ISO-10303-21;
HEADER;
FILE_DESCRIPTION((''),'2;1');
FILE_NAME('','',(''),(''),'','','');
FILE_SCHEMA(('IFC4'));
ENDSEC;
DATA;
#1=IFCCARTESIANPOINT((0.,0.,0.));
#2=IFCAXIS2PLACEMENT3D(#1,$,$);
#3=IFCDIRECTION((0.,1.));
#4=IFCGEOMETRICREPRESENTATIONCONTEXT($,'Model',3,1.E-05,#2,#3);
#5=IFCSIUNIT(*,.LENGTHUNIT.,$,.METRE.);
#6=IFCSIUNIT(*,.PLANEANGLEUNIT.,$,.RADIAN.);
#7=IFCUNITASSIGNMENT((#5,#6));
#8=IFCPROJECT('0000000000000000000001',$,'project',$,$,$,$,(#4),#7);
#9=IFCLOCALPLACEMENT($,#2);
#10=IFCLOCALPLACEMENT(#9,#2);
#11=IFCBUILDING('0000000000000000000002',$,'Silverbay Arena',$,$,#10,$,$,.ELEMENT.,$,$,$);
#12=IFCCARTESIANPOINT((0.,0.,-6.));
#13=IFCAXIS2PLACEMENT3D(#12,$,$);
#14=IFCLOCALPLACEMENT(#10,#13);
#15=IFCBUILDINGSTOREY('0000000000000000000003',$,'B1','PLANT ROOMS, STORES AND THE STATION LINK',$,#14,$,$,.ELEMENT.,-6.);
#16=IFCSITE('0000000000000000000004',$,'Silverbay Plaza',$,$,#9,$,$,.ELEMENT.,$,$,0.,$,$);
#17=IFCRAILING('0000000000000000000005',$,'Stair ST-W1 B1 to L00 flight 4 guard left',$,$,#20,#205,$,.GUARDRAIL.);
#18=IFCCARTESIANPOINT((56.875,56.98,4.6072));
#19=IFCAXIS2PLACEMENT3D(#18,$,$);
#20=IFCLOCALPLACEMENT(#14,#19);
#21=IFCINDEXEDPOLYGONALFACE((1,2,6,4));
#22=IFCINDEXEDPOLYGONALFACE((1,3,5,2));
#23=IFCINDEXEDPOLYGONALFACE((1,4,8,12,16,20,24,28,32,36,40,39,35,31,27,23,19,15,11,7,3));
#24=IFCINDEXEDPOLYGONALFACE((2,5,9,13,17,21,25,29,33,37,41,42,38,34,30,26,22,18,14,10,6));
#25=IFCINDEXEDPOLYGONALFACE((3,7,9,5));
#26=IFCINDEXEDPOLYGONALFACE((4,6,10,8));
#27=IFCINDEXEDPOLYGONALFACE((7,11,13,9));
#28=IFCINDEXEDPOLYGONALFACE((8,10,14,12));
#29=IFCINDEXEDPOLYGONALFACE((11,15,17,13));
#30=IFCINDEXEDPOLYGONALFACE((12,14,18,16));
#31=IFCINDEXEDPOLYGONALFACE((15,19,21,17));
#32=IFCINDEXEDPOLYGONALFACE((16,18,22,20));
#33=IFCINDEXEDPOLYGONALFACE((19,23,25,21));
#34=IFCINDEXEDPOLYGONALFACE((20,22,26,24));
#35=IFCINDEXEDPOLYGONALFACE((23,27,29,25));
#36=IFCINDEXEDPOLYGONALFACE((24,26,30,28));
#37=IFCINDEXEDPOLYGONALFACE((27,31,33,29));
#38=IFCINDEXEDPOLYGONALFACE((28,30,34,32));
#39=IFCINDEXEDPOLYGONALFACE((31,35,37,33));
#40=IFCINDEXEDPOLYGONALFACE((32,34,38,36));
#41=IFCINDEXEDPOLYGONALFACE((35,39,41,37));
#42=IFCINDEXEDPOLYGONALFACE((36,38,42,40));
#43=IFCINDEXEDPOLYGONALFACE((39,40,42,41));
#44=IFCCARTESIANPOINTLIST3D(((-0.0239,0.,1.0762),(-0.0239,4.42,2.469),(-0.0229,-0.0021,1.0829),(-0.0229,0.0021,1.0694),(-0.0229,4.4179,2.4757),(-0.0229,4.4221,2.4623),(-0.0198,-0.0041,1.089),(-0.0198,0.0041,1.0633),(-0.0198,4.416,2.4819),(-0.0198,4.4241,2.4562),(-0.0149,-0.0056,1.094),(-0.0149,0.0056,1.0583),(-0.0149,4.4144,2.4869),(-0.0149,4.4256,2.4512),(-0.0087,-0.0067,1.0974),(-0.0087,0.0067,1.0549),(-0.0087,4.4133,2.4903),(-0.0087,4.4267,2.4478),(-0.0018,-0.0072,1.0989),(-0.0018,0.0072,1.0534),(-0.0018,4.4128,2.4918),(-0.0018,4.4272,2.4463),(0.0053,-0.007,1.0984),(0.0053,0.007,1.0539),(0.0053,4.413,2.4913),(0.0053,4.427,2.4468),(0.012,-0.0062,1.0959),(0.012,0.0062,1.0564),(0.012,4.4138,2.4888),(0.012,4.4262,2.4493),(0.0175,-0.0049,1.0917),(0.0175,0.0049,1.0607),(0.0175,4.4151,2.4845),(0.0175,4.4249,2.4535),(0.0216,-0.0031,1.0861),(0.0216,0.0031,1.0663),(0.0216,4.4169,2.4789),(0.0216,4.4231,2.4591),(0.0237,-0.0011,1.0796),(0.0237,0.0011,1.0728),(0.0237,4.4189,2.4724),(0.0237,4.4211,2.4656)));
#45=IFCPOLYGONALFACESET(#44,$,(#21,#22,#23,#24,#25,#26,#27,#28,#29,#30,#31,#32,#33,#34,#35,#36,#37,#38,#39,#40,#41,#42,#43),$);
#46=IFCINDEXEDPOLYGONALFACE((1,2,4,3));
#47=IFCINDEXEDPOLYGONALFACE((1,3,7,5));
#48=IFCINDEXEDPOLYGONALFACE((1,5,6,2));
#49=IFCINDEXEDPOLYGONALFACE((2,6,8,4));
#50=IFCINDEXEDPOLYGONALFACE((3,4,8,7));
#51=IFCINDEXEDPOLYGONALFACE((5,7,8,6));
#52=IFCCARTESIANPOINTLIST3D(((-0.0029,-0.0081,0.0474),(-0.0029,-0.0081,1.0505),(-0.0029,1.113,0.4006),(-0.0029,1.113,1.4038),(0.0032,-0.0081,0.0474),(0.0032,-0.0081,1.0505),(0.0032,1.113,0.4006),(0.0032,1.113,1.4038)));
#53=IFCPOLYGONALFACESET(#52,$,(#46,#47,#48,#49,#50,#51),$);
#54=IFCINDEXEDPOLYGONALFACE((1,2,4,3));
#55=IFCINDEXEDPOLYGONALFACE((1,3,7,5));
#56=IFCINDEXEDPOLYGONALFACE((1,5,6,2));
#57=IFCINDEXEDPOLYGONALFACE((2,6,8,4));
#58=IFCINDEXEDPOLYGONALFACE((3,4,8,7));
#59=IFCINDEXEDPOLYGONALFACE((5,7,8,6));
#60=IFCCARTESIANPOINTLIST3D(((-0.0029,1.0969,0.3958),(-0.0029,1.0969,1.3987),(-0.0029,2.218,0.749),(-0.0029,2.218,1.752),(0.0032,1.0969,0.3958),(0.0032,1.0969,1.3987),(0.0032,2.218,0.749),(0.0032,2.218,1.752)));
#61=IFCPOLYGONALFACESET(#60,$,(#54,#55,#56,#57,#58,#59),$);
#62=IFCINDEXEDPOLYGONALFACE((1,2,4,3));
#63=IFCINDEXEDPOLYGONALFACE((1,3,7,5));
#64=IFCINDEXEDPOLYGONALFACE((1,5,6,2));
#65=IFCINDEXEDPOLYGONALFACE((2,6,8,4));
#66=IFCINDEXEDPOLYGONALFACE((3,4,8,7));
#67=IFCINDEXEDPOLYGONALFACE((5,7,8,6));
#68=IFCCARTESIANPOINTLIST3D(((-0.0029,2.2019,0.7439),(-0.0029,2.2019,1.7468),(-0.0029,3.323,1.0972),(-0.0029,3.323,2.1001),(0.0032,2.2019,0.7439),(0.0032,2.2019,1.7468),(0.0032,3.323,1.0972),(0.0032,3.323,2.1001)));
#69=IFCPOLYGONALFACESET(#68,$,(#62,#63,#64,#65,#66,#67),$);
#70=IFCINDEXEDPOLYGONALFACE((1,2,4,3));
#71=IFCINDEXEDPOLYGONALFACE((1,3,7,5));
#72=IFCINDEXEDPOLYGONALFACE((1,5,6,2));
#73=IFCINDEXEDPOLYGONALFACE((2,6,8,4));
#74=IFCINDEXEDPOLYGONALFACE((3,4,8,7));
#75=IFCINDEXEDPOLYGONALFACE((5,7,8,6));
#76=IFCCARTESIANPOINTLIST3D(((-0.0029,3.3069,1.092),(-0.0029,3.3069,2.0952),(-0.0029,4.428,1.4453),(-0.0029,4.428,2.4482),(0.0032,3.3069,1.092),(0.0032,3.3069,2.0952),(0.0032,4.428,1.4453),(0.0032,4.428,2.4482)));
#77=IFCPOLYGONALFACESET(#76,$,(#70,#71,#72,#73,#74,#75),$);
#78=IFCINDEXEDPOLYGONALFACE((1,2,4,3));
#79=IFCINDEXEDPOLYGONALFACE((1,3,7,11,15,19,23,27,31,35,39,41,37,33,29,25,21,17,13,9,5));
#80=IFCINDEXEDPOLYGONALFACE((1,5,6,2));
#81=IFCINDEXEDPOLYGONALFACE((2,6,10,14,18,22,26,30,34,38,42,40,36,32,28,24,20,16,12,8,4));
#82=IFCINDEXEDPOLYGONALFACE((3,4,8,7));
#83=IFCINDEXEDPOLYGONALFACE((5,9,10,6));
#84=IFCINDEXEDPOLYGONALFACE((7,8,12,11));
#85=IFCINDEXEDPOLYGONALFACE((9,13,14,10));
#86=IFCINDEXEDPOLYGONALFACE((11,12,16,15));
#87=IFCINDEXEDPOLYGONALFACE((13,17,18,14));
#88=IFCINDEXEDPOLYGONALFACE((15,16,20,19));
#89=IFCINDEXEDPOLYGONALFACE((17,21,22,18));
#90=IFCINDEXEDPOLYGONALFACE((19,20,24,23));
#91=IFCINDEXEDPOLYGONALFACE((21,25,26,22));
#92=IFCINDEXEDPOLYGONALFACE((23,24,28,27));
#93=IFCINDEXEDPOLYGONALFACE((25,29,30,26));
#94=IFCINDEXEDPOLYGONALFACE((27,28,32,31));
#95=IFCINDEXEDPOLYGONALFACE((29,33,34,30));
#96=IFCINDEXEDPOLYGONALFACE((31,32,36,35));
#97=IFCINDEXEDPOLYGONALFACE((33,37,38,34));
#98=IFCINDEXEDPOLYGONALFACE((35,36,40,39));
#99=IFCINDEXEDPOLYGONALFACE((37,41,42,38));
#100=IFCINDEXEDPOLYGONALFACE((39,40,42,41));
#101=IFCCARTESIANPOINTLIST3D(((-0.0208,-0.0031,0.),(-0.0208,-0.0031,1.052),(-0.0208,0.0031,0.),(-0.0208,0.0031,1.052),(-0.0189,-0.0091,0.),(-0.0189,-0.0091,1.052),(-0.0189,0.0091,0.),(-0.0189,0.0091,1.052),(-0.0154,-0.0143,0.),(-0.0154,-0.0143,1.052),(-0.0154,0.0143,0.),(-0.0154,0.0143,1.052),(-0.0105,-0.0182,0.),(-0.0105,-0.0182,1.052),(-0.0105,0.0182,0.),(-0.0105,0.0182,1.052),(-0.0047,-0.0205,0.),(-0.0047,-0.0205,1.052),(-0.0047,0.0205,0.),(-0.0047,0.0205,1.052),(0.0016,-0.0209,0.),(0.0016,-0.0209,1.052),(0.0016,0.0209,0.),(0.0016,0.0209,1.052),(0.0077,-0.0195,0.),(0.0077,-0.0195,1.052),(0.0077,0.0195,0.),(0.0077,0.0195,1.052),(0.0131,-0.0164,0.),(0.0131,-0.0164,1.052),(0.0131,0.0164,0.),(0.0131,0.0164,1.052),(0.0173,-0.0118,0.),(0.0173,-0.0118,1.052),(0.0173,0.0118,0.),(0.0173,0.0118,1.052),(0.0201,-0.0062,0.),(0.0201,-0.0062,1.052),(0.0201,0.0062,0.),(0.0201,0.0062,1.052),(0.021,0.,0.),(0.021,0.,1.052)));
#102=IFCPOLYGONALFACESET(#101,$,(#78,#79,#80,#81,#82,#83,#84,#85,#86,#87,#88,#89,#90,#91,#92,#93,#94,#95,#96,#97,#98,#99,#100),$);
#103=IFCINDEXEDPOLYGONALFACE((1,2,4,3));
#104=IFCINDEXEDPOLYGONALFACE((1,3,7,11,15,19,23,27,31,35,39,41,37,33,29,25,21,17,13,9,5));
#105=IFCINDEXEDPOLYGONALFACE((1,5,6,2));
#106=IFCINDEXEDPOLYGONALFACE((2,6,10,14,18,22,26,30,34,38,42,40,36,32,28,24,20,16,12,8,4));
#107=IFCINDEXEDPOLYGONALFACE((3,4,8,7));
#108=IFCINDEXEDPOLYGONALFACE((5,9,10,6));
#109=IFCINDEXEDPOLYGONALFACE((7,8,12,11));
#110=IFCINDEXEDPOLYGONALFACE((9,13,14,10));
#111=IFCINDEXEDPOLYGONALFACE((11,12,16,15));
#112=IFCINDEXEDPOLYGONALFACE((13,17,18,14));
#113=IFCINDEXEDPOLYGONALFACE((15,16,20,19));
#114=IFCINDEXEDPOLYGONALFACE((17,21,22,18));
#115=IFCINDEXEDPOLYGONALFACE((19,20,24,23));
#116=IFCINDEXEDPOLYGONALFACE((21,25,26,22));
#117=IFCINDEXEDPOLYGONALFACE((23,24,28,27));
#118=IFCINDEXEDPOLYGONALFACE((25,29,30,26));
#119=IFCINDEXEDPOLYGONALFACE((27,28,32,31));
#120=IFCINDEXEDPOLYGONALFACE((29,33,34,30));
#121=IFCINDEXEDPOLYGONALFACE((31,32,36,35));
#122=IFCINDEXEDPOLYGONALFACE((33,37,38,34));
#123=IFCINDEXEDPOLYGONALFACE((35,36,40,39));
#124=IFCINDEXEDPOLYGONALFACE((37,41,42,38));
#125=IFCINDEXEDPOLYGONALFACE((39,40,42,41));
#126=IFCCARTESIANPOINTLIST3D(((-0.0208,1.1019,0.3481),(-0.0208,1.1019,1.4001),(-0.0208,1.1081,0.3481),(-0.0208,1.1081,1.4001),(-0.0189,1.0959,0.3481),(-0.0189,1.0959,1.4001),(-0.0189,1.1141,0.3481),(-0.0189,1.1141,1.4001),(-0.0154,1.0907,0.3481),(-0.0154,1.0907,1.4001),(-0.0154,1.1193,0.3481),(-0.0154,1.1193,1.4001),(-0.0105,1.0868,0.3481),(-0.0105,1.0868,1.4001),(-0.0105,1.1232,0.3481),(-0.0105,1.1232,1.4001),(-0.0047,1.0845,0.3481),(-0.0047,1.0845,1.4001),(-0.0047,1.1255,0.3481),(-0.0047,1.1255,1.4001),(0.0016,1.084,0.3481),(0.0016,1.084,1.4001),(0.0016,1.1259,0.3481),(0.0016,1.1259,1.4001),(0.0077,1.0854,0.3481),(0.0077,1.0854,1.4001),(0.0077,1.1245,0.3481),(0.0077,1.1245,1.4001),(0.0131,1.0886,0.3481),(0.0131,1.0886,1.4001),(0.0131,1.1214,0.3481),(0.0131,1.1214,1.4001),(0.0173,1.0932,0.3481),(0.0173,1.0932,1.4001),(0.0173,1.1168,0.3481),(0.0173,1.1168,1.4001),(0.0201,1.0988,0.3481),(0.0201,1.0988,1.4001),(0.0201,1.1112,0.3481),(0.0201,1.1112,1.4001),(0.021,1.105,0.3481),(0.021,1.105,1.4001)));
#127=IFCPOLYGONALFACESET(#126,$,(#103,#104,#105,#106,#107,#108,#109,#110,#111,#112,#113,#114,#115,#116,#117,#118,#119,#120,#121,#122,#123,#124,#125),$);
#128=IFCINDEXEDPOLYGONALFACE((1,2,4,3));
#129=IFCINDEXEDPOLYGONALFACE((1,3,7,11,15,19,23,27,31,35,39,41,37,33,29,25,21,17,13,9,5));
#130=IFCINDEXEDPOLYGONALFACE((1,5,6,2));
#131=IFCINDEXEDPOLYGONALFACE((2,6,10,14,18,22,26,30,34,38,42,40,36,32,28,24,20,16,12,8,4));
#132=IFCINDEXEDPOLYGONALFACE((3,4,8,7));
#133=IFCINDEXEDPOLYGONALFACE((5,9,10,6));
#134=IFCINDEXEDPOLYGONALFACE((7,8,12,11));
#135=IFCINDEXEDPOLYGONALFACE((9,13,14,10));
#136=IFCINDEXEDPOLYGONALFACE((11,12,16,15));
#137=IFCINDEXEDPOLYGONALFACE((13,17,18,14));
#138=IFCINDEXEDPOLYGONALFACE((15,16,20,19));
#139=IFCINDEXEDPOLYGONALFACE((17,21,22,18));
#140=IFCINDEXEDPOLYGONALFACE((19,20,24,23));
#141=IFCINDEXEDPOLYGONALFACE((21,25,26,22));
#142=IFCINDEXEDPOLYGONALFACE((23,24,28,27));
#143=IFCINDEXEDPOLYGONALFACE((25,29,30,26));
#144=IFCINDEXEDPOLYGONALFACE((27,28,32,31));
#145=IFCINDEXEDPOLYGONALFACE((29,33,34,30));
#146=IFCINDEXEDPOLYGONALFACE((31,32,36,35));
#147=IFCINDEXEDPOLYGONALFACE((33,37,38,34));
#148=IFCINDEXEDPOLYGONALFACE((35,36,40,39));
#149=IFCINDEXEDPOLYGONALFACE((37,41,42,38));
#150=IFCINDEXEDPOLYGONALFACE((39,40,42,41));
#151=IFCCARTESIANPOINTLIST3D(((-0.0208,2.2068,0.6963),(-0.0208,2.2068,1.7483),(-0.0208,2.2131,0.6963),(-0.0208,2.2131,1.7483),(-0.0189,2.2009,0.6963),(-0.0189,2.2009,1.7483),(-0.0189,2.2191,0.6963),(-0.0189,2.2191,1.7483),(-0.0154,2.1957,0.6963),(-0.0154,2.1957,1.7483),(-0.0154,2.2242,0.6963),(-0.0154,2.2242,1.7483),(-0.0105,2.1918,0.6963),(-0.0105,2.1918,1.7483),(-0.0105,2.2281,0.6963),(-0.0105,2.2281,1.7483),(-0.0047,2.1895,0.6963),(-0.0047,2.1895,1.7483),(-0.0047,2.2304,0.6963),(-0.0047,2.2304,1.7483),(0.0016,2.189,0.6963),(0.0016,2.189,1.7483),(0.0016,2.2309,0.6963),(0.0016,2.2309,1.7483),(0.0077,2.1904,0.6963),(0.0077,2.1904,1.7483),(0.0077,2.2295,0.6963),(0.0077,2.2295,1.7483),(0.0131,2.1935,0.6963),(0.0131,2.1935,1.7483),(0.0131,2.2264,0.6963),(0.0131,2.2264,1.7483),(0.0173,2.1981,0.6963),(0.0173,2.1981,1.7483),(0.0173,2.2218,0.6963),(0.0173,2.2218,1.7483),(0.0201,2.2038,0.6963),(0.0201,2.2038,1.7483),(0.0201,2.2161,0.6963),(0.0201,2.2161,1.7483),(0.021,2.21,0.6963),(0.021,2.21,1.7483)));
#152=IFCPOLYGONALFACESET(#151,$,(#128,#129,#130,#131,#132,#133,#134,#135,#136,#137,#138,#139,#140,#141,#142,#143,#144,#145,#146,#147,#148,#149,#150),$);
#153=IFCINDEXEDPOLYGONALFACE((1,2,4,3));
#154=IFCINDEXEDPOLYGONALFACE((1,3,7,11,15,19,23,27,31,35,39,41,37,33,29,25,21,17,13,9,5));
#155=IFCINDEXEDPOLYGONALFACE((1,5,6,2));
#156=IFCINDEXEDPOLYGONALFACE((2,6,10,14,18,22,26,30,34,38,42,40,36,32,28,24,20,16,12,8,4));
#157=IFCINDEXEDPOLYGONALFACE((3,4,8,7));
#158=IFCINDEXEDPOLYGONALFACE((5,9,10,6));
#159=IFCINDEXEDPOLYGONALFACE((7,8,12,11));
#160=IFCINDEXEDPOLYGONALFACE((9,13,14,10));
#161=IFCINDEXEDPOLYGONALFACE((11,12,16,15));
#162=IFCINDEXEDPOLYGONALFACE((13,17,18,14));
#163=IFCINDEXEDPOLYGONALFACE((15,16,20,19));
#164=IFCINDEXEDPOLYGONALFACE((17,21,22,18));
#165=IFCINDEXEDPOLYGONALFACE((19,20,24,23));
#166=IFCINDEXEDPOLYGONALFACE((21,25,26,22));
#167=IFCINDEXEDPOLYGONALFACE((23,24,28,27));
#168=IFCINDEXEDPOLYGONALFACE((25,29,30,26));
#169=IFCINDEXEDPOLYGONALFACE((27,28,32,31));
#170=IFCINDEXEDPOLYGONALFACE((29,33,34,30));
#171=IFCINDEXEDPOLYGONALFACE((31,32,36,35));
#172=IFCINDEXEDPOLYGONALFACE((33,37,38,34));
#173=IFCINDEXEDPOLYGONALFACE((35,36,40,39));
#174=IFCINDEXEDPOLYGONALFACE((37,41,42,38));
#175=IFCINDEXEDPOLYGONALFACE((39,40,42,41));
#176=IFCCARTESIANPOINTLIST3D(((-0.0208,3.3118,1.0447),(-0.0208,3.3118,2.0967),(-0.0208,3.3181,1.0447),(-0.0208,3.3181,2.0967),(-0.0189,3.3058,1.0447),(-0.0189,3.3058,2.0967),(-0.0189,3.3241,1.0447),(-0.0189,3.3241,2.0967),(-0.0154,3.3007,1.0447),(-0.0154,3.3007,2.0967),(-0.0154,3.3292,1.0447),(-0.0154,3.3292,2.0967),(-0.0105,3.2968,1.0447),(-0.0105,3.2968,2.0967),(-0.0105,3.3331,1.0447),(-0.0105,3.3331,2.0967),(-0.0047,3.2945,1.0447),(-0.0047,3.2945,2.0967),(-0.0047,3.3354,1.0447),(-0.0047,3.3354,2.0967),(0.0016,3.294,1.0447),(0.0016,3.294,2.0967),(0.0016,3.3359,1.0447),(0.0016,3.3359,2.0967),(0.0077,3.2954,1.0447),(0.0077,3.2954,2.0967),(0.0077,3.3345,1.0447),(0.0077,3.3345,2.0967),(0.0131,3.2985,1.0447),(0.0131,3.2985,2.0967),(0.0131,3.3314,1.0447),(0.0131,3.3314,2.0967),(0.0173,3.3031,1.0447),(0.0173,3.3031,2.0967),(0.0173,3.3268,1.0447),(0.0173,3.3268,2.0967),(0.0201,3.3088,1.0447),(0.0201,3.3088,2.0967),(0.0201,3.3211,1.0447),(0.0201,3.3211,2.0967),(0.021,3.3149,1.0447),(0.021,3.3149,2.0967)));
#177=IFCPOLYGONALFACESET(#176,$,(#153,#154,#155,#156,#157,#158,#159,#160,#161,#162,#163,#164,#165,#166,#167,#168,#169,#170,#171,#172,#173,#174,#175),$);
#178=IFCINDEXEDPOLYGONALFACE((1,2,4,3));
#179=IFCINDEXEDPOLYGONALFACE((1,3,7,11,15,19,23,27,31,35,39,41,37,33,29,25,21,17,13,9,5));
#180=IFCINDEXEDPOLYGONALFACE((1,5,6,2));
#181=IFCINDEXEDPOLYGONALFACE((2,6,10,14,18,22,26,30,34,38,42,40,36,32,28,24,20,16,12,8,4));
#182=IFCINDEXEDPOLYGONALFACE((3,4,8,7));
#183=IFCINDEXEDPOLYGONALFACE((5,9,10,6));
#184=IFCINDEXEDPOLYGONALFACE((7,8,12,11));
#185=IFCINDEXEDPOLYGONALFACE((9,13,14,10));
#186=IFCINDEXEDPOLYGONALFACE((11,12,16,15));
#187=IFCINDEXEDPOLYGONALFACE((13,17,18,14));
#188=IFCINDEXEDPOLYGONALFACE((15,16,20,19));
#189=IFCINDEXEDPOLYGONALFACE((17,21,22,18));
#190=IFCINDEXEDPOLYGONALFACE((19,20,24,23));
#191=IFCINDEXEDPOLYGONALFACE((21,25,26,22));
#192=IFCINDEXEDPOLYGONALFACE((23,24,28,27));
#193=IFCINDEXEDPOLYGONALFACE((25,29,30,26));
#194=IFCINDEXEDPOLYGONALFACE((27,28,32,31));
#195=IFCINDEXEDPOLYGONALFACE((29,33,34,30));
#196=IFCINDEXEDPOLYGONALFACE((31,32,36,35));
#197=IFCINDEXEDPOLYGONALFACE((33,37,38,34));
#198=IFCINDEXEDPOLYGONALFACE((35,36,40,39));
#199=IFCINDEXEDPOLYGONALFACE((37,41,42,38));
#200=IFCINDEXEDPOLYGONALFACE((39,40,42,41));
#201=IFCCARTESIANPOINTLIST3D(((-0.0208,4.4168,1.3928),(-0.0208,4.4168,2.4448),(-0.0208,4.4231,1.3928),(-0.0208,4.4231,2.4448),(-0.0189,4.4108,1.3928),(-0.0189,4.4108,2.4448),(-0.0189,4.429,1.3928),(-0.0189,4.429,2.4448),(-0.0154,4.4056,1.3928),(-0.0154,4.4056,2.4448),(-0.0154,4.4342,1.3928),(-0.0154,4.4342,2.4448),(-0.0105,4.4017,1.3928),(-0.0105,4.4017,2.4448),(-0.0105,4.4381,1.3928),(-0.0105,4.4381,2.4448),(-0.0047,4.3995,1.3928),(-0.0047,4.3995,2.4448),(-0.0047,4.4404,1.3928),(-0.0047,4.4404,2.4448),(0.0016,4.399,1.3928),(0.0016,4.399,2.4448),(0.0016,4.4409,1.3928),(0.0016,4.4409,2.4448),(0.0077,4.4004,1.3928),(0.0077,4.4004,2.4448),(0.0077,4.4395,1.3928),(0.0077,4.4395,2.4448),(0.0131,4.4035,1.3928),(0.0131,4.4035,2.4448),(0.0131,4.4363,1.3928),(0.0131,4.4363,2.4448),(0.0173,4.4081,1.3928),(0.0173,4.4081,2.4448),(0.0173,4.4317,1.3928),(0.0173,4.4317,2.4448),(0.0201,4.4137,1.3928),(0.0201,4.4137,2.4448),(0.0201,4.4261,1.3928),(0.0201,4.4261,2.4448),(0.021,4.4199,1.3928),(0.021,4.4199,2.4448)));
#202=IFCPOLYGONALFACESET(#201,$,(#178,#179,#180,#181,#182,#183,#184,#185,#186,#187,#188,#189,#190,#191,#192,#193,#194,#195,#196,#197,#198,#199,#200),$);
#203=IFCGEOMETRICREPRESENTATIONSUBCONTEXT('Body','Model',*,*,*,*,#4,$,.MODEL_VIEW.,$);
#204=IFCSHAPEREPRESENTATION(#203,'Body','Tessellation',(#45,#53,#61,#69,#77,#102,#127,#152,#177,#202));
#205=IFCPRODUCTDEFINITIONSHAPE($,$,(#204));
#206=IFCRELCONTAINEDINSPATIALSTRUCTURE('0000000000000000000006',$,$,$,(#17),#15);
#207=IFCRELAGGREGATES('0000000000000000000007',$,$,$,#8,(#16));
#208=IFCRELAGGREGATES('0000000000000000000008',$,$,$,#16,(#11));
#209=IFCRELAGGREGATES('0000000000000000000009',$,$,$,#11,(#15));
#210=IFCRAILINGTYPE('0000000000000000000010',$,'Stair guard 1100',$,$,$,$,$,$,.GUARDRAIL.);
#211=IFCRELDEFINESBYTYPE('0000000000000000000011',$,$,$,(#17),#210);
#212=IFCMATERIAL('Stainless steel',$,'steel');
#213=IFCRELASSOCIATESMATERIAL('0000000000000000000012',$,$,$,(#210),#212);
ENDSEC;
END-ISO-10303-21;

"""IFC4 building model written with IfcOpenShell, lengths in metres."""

from ifc_helpers import new_model, si_unit, direction, frame, origin, origin_2d, place, context, subcontext, project, spatial, polyline, circle, outline, extrude, material, type_object, element, save


model = new_model("IFC4")

# Units and contexts
model_context = context("Model", 3, precision=1e-05, world=origin(), true_north=direction((0.0, 1.0)))
body_context = subcontext(model_context, "Body", "Model", "MODEL_VIEW")
ifc_project = project(units=[si_unit("LENGTHUNIT", "METRE"), si_unit("PLANEANGLEUNIT", "RADIAN")], contexts=[model_context])

# Site, building, storey
site_placement = place(None, origin())
site = spatial("IfcSite", under=ifc_project, at=site_placement, Name="Silverbay Plaza", CompositionType="ELEMENT", RefElevation=0.0)
building_placement = place(site_placement, origin())
building = spatial("IfcBuilding", under=site, at=building_placement, Name="Silverbay Arena", CompositionType="ELEMENT")
storey_placement = place(building_placement, frame((0.0, 0.0, -6.0)))
storey = spatial("IfcBuildingStorey", under=building, at=storey_placement, Name="B1", Description="PLANT ROOMS, STORES AND THE STATION LINK", CompositionType="ELEMENT", Elevation=-6.0)

# Railing
ifc_material_1 = material(Name="Stainless steel", Category="steel")
railing_type_1 = type_object("IfcRailingType", Name="Stair guard 1100", PredefinedType="GUARDRAIL", material=ifc_material_1)
railing_1_placement = place(storey_placement, frame((56.875, 56.98, 4.6072)))
element("IfcRailing", 1, at=railing_1_placement, inside=storey, type_object=railing_type_1, Name="Stair ST-W1 B1 to L00 flight 4 guard left", PredefinedType="GUARDRAIL", context=body_context, shape_type="SweptSolid", body=[
    extrude(circle(Radius=0.0239, at=origin_2d()), frame((0.0, 0.0, 1.0762), z_axis=(0.0, 0.953765, 0.300554), x_axis=(-1.0, 0.0, 0.0)), (0.0, 0.0, 1.0), 4.6343),
    extrude(outline(polyline([(-0.0081, 0.0474), (1.113, 0.4006), (1.113, 1.4038), (-0.0081, 1.0505), (-0.0081, 0.0474)])), frame((-0.0029, 0.0, 0.0), z_axis=(1.0, 0.0, 0.0), x_axis=(0.0, 1.0, 0.0)), (0.0, 0.0, 1.0), 0.0061),
    extrude(outline(polyline([(-0.0081, 0.3958), (1.113, 0.749), (1.113, 1.752), (-0.0081, 1.3987), (-0.0081, 0.3958)])), frame((-0.0029, 1.105, 0.0), z_axis=(1.0, 0.0, 0.0), x_axis=(0.0, 1.0, 0.0)), (0.0, 0.0, 1.0), 0.0061),
    extrude(outline(polyline([(-0.0081, 0.7439), (1.113, 1.0972), (1.113, 2.1001), (-0.0081, 1.7468), (-0.0081, 0.7439)])), frame((-0.0029, 2.21, 0.0), z_axis=(1.0, 0.0, 0.0), x_axis=(0.0, 1.0, 0.0)), (0.0, 0.0, 1.0), 0.0061),
    extrude(outline(polyline([(-0.0081, 1.092), (1.113, 1.4453), (1.113, 2.4482), (-0.0081, 2.0952), (-0.0081, 1.092)])), frame((-0.0029, 3.3149, 0.0), z_axis=(1.0, 0.0, 0.0), x_axis=(0.0, 1.0, 0.0)), (0.0, 0.0, 1.0), 0.0061),
    extrude(circle(Radius=0.021, at=origin_2d()), origin(), (0.0, 0.0, 1.0), 1.052),
    extrude(circle(Radius=0.021, at=origin_2d()), frame((0.0, 1.105, 0.3481)), (0.0, 0.0, 1.0), 1.052),
    extrude(circle(Radius=0.021, at=origin_2d()), frame((0.0, 2.21, 0.6963)), (0.0, 0.0, 1.0), 1.052),
    extrude(circle(Radius=0.021, at=origin_2d()), frame((0.0, 3.3149, 1.0447)), (0.0, 0.0, 1.0), 1.052),
    extrude(circle(Radius=0.021, at=origin_2d()), frame((0.0, 4.4199, 1.3928)), (0.0, 0.0, 1.0), 1.052),
])

save(model, "model.ifc")
